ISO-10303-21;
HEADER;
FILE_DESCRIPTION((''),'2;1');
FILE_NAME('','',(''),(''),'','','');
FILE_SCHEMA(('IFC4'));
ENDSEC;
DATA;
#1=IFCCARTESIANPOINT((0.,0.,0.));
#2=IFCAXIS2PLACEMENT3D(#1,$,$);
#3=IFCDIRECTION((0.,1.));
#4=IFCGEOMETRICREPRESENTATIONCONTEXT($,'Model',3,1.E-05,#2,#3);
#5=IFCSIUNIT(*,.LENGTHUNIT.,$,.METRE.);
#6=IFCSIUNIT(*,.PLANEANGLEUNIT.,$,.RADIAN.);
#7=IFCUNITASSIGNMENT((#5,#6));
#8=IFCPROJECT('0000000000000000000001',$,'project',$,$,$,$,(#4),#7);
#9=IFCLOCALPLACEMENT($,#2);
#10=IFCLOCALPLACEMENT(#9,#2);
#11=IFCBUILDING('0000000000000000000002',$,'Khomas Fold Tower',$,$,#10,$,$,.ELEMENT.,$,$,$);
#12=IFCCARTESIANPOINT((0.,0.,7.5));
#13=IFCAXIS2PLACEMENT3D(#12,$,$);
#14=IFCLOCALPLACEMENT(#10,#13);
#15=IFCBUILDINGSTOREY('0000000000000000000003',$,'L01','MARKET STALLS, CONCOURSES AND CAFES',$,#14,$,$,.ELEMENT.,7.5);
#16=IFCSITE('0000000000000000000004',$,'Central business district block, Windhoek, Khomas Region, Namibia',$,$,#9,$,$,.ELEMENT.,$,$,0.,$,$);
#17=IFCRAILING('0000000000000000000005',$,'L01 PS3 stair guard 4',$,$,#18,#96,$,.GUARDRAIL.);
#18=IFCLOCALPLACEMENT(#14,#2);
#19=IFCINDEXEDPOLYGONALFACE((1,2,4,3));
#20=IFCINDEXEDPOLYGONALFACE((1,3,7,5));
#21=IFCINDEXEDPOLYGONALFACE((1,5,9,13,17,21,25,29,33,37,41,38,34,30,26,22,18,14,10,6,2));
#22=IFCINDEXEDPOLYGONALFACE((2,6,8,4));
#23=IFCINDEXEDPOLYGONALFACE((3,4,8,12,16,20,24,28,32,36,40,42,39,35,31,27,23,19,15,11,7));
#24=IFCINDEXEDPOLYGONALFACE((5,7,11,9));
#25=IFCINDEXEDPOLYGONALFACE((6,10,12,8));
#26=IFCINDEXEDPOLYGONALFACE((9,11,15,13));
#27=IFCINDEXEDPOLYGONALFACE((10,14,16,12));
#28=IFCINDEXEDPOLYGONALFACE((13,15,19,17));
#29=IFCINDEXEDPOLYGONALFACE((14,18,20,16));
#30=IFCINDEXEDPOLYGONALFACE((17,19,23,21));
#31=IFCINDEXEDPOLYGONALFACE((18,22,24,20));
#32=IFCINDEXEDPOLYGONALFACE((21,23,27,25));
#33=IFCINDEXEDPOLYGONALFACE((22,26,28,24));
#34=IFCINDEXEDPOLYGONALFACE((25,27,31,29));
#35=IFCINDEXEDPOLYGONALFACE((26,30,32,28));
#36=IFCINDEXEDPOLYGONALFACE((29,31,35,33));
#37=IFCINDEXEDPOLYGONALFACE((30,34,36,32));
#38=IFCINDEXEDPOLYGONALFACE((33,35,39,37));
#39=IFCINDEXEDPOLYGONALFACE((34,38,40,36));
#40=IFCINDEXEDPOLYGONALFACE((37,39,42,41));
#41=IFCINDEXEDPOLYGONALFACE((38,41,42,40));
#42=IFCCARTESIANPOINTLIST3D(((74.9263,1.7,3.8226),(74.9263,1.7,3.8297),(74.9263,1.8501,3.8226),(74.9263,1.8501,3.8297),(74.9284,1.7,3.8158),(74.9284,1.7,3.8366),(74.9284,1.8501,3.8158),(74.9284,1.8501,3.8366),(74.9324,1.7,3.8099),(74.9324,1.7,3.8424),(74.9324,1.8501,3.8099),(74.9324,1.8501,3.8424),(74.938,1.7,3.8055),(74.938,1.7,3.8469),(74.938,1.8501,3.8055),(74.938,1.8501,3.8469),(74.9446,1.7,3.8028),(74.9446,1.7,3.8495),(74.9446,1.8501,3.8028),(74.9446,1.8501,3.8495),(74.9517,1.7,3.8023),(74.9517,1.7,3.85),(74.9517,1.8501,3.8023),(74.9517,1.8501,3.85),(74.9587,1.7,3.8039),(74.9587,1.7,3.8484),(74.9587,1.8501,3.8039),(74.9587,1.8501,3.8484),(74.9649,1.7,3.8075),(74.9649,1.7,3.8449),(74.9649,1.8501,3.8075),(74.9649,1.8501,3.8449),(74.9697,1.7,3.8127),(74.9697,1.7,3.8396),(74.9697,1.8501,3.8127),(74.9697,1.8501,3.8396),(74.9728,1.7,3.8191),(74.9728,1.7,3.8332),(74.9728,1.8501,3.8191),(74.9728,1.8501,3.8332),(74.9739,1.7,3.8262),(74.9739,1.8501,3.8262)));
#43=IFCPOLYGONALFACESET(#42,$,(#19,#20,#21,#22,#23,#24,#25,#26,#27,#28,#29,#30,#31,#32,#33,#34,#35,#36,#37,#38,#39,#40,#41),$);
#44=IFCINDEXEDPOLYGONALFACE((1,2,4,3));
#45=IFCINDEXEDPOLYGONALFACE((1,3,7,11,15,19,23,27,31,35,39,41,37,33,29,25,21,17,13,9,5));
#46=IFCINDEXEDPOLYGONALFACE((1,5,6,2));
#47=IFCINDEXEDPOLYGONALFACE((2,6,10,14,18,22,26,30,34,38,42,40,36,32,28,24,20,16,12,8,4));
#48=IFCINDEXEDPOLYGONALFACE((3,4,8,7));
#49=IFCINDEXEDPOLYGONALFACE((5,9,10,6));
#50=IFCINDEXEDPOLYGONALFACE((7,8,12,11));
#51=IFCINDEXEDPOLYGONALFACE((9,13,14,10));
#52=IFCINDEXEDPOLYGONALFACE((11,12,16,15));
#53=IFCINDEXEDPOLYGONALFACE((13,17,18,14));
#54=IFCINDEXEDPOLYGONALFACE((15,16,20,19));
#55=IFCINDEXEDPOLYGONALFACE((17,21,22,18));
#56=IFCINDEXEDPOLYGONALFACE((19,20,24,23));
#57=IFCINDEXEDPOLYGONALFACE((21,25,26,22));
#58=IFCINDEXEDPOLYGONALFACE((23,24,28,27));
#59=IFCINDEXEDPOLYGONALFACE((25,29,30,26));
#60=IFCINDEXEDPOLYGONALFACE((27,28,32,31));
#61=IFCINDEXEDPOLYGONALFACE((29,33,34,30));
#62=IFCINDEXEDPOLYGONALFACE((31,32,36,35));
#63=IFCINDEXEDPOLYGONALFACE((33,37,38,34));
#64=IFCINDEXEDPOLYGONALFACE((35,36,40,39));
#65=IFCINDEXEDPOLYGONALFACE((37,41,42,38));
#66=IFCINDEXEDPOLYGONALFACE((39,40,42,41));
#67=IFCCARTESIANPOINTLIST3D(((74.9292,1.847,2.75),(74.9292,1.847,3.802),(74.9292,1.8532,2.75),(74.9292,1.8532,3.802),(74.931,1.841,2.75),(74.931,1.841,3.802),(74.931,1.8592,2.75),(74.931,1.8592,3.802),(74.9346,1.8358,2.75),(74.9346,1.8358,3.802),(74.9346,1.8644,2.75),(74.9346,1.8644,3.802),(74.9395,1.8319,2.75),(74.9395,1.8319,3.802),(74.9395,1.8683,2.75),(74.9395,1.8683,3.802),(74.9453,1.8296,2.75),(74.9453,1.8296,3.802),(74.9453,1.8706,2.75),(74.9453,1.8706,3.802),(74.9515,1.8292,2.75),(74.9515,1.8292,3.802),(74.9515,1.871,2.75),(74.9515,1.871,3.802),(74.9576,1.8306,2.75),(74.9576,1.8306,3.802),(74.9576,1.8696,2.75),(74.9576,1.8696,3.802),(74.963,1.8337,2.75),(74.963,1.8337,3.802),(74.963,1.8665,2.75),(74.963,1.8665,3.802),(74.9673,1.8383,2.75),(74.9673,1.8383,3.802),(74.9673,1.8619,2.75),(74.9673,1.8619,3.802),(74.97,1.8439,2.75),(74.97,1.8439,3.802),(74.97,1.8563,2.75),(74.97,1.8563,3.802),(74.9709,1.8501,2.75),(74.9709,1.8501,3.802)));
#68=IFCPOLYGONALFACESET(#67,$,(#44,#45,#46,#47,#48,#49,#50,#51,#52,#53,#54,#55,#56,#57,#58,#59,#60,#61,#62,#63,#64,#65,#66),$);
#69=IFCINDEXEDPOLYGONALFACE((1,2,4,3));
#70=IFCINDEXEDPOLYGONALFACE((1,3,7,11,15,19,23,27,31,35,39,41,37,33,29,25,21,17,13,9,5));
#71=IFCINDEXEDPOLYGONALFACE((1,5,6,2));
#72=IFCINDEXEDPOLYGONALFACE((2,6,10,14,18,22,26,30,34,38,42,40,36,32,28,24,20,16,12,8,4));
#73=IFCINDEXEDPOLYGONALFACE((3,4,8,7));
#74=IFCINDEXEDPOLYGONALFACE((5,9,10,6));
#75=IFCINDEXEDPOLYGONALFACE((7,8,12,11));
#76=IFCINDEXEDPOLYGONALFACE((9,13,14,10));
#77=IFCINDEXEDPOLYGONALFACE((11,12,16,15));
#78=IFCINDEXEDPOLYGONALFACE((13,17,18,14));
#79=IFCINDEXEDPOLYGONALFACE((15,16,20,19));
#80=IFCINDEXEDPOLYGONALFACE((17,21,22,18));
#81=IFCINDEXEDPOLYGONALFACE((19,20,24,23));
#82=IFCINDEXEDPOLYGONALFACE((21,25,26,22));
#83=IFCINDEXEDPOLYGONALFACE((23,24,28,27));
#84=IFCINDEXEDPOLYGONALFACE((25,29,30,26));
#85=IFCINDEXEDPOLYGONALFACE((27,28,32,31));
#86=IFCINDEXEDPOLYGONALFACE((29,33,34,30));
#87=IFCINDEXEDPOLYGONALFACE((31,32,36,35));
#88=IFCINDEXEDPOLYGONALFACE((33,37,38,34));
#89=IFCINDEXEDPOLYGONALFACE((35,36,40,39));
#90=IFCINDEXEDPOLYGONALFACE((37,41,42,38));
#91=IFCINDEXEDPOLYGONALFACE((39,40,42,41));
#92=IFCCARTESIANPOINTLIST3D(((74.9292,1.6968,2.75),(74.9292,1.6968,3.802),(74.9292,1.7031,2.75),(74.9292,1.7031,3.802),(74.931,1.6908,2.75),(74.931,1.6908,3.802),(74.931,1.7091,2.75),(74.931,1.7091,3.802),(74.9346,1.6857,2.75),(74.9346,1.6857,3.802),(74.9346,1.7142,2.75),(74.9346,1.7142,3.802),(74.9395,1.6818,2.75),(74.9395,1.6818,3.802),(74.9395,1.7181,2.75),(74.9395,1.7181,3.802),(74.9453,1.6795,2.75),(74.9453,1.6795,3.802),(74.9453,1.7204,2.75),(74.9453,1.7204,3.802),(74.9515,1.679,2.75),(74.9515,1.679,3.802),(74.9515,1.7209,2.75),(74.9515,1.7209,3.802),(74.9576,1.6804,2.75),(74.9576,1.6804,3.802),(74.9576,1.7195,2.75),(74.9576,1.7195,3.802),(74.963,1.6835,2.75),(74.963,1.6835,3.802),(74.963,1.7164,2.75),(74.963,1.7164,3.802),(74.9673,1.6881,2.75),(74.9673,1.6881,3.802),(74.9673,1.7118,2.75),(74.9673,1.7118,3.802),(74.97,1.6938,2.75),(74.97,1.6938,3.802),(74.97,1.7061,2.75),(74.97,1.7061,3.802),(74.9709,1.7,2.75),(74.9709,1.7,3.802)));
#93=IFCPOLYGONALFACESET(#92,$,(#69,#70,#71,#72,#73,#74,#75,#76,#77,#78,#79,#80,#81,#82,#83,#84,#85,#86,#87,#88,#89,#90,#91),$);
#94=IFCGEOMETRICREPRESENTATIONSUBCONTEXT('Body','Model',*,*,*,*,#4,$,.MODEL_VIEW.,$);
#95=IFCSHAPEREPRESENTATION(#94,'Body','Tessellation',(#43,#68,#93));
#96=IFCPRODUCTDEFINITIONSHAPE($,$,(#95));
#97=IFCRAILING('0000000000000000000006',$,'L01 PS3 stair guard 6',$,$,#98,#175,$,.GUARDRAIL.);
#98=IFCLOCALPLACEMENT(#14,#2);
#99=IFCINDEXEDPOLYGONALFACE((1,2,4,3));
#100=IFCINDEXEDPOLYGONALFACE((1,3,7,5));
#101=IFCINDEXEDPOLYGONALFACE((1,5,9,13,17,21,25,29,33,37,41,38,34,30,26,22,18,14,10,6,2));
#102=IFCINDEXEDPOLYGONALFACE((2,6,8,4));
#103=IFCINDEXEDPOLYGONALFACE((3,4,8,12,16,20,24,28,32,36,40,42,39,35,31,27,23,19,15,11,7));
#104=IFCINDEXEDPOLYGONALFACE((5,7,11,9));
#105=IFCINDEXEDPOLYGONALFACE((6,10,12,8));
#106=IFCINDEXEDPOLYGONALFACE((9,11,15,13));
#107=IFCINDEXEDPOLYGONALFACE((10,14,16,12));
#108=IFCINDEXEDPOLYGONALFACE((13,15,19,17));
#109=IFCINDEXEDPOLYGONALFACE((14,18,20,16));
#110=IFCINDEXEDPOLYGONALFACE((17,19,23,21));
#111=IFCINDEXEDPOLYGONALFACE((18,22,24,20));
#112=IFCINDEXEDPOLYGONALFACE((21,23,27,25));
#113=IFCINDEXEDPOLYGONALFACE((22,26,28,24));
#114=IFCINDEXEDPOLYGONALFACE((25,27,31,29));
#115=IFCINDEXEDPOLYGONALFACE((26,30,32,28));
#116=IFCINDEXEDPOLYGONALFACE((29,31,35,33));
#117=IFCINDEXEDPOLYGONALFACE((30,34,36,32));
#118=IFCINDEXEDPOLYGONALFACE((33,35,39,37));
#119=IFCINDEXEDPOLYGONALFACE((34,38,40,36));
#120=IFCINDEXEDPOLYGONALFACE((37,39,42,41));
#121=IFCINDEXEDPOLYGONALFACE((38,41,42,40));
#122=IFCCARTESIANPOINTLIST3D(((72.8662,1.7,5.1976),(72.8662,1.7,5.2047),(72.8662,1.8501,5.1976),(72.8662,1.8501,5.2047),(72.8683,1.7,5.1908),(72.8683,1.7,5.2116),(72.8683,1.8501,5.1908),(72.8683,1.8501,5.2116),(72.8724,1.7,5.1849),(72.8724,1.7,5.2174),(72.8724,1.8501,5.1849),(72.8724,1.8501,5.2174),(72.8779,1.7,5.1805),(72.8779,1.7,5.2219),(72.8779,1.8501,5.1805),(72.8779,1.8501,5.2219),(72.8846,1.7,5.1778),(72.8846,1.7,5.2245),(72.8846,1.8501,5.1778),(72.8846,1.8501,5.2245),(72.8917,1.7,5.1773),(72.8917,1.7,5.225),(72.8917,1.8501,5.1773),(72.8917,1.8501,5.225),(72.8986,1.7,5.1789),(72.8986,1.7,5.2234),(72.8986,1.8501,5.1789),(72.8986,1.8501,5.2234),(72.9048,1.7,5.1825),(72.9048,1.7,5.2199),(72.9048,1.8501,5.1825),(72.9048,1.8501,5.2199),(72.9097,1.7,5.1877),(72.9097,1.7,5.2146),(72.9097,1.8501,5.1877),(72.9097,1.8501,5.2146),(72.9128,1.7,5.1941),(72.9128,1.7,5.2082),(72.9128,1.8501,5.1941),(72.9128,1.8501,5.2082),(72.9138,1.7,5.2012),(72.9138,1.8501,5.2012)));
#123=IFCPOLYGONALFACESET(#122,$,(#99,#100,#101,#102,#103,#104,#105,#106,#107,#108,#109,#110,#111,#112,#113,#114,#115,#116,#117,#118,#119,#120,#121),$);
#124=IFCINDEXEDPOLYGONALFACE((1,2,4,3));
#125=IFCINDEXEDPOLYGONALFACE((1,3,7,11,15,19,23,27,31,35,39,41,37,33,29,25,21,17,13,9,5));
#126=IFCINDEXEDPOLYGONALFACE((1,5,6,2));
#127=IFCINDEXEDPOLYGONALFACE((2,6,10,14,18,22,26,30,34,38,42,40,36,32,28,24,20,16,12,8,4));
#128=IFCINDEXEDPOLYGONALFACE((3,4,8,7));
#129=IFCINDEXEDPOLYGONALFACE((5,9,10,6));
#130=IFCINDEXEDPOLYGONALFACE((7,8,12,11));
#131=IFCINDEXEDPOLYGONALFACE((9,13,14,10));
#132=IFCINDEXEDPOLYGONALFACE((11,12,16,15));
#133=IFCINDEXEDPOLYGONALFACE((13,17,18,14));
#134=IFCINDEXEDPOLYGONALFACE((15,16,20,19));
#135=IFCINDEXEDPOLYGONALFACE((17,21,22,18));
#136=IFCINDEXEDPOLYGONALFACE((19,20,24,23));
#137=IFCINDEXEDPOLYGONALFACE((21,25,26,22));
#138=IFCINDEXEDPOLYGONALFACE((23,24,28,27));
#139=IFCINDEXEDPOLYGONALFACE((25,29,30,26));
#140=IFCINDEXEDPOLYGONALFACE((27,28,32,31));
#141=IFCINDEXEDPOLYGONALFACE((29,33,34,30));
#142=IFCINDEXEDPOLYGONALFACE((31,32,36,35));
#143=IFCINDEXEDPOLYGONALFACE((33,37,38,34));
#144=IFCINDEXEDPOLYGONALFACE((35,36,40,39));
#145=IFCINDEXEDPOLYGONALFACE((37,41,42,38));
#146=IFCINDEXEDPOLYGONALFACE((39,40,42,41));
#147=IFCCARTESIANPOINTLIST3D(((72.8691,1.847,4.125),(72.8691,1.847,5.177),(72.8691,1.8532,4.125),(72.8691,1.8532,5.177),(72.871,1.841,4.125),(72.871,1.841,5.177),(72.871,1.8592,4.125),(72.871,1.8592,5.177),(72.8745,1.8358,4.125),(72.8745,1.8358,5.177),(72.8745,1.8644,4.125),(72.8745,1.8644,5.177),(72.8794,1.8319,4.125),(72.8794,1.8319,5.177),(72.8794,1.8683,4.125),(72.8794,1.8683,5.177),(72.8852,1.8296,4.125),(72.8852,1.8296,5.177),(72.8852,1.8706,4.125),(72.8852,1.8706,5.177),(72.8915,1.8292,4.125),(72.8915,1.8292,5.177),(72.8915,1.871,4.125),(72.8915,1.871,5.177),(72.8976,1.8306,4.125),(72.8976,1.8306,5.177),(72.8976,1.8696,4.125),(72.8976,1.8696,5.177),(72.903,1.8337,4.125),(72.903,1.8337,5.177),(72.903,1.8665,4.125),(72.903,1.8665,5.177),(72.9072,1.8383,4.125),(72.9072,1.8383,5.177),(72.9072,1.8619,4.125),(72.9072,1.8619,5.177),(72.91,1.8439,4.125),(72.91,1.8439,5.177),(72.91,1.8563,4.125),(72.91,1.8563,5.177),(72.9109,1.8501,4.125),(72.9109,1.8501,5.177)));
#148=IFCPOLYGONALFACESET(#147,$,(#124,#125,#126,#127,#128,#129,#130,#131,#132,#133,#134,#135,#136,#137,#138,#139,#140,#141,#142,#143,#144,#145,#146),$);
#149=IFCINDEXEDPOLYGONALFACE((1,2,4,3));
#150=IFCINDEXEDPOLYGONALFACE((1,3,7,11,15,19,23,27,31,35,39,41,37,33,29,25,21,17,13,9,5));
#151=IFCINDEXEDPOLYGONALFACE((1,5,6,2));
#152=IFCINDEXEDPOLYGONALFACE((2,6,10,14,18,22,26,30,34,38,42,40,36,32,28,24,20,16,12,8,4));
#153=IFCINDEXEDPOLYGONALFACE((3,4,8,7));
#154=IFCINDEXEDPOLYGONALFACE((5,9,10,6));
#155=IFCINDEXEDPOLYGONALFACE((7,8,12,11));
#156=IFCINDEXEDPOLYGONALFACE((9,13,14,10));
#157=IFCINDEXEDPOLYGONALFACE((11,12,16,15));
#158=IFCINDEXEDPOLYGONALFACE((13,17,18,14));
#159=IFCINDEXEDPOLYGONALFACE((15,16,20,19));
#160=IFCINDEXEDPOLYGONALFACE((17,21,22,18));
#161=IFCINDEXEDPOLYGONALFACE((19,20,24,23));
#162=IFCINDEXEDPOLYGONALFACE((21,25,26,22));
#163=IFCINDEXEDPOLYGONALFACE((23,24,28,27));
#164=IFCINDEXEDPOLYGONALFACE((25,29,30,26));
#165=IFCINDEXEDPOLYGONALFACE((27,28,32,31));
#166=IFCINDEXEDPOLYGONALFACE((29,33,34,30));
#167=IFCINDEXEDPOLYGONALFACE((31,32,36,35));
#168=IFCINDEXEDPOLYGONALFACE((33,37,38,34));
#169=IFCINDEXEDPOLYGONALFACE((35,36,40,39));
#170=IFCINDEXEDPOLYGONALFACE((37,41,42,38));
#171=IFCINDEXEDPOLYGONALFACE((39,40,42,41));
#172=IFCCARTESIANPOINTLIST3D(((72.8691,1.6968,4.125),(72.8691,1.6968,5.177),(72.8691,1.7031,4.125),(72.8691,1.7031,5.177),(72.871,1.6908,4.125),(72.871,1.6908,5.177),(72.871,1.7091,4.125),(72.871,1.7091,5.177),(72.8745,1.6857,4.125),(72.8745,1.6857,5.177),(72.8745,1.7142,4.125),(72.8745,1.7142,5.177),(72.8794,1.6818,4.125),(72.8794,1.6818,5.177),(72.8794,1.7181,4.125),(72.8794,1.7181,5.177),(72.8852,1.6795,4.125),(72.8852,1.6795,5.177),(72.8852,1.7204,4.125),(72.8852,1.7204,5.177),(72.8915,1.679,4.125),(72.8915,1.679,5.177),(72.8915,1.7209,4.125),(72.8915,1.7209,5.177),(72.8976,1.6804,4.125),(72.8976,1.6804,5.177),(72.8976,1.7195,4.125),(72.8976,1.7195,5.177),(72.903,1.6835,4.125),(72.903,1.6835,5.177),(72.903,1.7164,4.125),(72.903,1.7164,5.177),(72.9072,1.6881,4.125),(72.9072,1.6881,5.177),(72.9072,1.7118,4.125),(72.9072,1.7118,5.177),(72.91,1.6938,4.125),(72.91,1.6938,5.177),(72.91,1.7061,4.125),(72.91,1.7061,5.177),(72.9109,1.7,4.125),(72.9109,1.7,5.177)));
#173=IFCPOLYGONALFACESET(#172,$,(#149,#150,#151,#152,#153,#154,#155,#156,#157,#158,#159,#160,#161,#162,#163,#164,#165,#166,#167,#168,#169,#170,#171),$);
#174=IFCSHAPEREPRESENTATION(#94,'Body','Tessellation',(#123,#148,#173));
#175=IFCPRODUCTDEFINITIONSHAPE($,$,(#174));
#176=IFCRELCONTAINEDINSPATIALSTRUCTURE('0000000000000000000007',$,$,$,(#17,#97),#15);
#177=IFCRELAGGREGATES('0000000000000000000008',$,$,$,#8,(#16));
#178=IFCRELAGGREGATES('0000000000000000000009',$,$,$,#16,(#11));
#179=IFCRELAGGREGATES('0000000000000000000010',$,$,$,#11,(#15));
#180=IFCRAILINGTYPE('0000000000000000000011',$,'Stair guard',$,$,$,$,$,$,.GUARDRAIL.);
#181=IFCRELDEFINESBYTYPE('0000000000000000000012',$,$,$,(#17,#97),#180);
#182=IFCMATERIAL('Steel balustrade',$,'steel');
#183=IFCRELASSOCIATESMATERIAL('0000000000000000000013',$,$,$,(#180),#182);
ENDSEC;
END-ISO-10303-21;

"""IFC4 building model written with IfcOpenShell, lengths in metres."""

from ifc_helpers import new_model, si_unit, direction, frame, origin, origin_2d, place, context, subcontext, project, spatial, circle, extrude, source, transform, mapped, material, type_object, element, save


model = new_model("IFC4")

# Units and contexts
model_context = context("Model", 3, precision=1e-05, world=origin(), true_north=direction((0.0, 1.0)))
body_context = subcontext(model_context, "Body", "Model", "MODEL_VIEW")
ifc_project = project(units=[si_unit("LENGTHUNIT", "METRE"), si_unit("PLANEANGLEUNIT", "RADIAN")], contexts=[model_context])

# Site, building, storey
site_placement = place(None, origin())
site = spatial("IfcSite", under=ifc_project, at=site_placement, Name="Central business district block, Windhoek, Khomas Region, Namibia", CompositionType="ELEMENT", RefElevation=0.0)
building_placement = place(site_placement, origin())
building = spatial("IfcBuilding", under=site, at=building_placement, Name="Khomas Fold Tower", CompositionType="ELEMENT")
storey_placement = place(building_placement, frame((0.0, 0.0, 7.5)))
storey = spatial("IfcBuildingStorey", under=building, at=storey_placement, Name="L01", Description="MARKET STALLS, CONCOURSES AND CAFES", CompositionType="ELEMENT", Elevation=7.5)

# Railings
ifc_material_1 = material(Name="Steel balustrade", Category="steel")
railing_type_1 = type_object("IfcRailingType", Name="Stair guard", PredefinedType="GUARDRAIL", material=ifc_material_1)
shared_shape_1 = source(origin(), body_context, "Body", "SweptSolid", [
    extrude(circle(Radius=0.0239, at=origin_2d()), frame((0.0, 0.0, 1.0762), z_axis=(0.0, -1.0, 0.0), x_axis=(1.0, 0.0, 0.0)), (0.0, 0.0, 1.0), 0.1501),
    extrude(circle(Radius=0.021, at=origin_2d()), origin(), (0.0, 0.0, 1.0), 1.052),
    extrude(circle(Radius=0.021, at=origin_2d()), frame((0.0, -0.1501, 0.0)), (0.0, 0.0, 1.0), 1.052),
])
for number, where, name in (
    (1, (74.95, 1.8501, 2.75), "L01 PS3 stair guard 4"),
    (2, (72.8899, 1.8501, 4.125), "L01 PS3 stair guard 6"),
):
    element("IfcRailing", number, at=place(storey_placement, frame(where)), inside=storey, type_object=railing_type_1, Name=name, PredefinedType="GUARDRAIL", context=body_context, shape_type="MappedRepresentation", body=[
        mapped(shared_shape_1, transform((0.0, 0.0, 0.0))),
    ])

save(model, "model.ifc")
